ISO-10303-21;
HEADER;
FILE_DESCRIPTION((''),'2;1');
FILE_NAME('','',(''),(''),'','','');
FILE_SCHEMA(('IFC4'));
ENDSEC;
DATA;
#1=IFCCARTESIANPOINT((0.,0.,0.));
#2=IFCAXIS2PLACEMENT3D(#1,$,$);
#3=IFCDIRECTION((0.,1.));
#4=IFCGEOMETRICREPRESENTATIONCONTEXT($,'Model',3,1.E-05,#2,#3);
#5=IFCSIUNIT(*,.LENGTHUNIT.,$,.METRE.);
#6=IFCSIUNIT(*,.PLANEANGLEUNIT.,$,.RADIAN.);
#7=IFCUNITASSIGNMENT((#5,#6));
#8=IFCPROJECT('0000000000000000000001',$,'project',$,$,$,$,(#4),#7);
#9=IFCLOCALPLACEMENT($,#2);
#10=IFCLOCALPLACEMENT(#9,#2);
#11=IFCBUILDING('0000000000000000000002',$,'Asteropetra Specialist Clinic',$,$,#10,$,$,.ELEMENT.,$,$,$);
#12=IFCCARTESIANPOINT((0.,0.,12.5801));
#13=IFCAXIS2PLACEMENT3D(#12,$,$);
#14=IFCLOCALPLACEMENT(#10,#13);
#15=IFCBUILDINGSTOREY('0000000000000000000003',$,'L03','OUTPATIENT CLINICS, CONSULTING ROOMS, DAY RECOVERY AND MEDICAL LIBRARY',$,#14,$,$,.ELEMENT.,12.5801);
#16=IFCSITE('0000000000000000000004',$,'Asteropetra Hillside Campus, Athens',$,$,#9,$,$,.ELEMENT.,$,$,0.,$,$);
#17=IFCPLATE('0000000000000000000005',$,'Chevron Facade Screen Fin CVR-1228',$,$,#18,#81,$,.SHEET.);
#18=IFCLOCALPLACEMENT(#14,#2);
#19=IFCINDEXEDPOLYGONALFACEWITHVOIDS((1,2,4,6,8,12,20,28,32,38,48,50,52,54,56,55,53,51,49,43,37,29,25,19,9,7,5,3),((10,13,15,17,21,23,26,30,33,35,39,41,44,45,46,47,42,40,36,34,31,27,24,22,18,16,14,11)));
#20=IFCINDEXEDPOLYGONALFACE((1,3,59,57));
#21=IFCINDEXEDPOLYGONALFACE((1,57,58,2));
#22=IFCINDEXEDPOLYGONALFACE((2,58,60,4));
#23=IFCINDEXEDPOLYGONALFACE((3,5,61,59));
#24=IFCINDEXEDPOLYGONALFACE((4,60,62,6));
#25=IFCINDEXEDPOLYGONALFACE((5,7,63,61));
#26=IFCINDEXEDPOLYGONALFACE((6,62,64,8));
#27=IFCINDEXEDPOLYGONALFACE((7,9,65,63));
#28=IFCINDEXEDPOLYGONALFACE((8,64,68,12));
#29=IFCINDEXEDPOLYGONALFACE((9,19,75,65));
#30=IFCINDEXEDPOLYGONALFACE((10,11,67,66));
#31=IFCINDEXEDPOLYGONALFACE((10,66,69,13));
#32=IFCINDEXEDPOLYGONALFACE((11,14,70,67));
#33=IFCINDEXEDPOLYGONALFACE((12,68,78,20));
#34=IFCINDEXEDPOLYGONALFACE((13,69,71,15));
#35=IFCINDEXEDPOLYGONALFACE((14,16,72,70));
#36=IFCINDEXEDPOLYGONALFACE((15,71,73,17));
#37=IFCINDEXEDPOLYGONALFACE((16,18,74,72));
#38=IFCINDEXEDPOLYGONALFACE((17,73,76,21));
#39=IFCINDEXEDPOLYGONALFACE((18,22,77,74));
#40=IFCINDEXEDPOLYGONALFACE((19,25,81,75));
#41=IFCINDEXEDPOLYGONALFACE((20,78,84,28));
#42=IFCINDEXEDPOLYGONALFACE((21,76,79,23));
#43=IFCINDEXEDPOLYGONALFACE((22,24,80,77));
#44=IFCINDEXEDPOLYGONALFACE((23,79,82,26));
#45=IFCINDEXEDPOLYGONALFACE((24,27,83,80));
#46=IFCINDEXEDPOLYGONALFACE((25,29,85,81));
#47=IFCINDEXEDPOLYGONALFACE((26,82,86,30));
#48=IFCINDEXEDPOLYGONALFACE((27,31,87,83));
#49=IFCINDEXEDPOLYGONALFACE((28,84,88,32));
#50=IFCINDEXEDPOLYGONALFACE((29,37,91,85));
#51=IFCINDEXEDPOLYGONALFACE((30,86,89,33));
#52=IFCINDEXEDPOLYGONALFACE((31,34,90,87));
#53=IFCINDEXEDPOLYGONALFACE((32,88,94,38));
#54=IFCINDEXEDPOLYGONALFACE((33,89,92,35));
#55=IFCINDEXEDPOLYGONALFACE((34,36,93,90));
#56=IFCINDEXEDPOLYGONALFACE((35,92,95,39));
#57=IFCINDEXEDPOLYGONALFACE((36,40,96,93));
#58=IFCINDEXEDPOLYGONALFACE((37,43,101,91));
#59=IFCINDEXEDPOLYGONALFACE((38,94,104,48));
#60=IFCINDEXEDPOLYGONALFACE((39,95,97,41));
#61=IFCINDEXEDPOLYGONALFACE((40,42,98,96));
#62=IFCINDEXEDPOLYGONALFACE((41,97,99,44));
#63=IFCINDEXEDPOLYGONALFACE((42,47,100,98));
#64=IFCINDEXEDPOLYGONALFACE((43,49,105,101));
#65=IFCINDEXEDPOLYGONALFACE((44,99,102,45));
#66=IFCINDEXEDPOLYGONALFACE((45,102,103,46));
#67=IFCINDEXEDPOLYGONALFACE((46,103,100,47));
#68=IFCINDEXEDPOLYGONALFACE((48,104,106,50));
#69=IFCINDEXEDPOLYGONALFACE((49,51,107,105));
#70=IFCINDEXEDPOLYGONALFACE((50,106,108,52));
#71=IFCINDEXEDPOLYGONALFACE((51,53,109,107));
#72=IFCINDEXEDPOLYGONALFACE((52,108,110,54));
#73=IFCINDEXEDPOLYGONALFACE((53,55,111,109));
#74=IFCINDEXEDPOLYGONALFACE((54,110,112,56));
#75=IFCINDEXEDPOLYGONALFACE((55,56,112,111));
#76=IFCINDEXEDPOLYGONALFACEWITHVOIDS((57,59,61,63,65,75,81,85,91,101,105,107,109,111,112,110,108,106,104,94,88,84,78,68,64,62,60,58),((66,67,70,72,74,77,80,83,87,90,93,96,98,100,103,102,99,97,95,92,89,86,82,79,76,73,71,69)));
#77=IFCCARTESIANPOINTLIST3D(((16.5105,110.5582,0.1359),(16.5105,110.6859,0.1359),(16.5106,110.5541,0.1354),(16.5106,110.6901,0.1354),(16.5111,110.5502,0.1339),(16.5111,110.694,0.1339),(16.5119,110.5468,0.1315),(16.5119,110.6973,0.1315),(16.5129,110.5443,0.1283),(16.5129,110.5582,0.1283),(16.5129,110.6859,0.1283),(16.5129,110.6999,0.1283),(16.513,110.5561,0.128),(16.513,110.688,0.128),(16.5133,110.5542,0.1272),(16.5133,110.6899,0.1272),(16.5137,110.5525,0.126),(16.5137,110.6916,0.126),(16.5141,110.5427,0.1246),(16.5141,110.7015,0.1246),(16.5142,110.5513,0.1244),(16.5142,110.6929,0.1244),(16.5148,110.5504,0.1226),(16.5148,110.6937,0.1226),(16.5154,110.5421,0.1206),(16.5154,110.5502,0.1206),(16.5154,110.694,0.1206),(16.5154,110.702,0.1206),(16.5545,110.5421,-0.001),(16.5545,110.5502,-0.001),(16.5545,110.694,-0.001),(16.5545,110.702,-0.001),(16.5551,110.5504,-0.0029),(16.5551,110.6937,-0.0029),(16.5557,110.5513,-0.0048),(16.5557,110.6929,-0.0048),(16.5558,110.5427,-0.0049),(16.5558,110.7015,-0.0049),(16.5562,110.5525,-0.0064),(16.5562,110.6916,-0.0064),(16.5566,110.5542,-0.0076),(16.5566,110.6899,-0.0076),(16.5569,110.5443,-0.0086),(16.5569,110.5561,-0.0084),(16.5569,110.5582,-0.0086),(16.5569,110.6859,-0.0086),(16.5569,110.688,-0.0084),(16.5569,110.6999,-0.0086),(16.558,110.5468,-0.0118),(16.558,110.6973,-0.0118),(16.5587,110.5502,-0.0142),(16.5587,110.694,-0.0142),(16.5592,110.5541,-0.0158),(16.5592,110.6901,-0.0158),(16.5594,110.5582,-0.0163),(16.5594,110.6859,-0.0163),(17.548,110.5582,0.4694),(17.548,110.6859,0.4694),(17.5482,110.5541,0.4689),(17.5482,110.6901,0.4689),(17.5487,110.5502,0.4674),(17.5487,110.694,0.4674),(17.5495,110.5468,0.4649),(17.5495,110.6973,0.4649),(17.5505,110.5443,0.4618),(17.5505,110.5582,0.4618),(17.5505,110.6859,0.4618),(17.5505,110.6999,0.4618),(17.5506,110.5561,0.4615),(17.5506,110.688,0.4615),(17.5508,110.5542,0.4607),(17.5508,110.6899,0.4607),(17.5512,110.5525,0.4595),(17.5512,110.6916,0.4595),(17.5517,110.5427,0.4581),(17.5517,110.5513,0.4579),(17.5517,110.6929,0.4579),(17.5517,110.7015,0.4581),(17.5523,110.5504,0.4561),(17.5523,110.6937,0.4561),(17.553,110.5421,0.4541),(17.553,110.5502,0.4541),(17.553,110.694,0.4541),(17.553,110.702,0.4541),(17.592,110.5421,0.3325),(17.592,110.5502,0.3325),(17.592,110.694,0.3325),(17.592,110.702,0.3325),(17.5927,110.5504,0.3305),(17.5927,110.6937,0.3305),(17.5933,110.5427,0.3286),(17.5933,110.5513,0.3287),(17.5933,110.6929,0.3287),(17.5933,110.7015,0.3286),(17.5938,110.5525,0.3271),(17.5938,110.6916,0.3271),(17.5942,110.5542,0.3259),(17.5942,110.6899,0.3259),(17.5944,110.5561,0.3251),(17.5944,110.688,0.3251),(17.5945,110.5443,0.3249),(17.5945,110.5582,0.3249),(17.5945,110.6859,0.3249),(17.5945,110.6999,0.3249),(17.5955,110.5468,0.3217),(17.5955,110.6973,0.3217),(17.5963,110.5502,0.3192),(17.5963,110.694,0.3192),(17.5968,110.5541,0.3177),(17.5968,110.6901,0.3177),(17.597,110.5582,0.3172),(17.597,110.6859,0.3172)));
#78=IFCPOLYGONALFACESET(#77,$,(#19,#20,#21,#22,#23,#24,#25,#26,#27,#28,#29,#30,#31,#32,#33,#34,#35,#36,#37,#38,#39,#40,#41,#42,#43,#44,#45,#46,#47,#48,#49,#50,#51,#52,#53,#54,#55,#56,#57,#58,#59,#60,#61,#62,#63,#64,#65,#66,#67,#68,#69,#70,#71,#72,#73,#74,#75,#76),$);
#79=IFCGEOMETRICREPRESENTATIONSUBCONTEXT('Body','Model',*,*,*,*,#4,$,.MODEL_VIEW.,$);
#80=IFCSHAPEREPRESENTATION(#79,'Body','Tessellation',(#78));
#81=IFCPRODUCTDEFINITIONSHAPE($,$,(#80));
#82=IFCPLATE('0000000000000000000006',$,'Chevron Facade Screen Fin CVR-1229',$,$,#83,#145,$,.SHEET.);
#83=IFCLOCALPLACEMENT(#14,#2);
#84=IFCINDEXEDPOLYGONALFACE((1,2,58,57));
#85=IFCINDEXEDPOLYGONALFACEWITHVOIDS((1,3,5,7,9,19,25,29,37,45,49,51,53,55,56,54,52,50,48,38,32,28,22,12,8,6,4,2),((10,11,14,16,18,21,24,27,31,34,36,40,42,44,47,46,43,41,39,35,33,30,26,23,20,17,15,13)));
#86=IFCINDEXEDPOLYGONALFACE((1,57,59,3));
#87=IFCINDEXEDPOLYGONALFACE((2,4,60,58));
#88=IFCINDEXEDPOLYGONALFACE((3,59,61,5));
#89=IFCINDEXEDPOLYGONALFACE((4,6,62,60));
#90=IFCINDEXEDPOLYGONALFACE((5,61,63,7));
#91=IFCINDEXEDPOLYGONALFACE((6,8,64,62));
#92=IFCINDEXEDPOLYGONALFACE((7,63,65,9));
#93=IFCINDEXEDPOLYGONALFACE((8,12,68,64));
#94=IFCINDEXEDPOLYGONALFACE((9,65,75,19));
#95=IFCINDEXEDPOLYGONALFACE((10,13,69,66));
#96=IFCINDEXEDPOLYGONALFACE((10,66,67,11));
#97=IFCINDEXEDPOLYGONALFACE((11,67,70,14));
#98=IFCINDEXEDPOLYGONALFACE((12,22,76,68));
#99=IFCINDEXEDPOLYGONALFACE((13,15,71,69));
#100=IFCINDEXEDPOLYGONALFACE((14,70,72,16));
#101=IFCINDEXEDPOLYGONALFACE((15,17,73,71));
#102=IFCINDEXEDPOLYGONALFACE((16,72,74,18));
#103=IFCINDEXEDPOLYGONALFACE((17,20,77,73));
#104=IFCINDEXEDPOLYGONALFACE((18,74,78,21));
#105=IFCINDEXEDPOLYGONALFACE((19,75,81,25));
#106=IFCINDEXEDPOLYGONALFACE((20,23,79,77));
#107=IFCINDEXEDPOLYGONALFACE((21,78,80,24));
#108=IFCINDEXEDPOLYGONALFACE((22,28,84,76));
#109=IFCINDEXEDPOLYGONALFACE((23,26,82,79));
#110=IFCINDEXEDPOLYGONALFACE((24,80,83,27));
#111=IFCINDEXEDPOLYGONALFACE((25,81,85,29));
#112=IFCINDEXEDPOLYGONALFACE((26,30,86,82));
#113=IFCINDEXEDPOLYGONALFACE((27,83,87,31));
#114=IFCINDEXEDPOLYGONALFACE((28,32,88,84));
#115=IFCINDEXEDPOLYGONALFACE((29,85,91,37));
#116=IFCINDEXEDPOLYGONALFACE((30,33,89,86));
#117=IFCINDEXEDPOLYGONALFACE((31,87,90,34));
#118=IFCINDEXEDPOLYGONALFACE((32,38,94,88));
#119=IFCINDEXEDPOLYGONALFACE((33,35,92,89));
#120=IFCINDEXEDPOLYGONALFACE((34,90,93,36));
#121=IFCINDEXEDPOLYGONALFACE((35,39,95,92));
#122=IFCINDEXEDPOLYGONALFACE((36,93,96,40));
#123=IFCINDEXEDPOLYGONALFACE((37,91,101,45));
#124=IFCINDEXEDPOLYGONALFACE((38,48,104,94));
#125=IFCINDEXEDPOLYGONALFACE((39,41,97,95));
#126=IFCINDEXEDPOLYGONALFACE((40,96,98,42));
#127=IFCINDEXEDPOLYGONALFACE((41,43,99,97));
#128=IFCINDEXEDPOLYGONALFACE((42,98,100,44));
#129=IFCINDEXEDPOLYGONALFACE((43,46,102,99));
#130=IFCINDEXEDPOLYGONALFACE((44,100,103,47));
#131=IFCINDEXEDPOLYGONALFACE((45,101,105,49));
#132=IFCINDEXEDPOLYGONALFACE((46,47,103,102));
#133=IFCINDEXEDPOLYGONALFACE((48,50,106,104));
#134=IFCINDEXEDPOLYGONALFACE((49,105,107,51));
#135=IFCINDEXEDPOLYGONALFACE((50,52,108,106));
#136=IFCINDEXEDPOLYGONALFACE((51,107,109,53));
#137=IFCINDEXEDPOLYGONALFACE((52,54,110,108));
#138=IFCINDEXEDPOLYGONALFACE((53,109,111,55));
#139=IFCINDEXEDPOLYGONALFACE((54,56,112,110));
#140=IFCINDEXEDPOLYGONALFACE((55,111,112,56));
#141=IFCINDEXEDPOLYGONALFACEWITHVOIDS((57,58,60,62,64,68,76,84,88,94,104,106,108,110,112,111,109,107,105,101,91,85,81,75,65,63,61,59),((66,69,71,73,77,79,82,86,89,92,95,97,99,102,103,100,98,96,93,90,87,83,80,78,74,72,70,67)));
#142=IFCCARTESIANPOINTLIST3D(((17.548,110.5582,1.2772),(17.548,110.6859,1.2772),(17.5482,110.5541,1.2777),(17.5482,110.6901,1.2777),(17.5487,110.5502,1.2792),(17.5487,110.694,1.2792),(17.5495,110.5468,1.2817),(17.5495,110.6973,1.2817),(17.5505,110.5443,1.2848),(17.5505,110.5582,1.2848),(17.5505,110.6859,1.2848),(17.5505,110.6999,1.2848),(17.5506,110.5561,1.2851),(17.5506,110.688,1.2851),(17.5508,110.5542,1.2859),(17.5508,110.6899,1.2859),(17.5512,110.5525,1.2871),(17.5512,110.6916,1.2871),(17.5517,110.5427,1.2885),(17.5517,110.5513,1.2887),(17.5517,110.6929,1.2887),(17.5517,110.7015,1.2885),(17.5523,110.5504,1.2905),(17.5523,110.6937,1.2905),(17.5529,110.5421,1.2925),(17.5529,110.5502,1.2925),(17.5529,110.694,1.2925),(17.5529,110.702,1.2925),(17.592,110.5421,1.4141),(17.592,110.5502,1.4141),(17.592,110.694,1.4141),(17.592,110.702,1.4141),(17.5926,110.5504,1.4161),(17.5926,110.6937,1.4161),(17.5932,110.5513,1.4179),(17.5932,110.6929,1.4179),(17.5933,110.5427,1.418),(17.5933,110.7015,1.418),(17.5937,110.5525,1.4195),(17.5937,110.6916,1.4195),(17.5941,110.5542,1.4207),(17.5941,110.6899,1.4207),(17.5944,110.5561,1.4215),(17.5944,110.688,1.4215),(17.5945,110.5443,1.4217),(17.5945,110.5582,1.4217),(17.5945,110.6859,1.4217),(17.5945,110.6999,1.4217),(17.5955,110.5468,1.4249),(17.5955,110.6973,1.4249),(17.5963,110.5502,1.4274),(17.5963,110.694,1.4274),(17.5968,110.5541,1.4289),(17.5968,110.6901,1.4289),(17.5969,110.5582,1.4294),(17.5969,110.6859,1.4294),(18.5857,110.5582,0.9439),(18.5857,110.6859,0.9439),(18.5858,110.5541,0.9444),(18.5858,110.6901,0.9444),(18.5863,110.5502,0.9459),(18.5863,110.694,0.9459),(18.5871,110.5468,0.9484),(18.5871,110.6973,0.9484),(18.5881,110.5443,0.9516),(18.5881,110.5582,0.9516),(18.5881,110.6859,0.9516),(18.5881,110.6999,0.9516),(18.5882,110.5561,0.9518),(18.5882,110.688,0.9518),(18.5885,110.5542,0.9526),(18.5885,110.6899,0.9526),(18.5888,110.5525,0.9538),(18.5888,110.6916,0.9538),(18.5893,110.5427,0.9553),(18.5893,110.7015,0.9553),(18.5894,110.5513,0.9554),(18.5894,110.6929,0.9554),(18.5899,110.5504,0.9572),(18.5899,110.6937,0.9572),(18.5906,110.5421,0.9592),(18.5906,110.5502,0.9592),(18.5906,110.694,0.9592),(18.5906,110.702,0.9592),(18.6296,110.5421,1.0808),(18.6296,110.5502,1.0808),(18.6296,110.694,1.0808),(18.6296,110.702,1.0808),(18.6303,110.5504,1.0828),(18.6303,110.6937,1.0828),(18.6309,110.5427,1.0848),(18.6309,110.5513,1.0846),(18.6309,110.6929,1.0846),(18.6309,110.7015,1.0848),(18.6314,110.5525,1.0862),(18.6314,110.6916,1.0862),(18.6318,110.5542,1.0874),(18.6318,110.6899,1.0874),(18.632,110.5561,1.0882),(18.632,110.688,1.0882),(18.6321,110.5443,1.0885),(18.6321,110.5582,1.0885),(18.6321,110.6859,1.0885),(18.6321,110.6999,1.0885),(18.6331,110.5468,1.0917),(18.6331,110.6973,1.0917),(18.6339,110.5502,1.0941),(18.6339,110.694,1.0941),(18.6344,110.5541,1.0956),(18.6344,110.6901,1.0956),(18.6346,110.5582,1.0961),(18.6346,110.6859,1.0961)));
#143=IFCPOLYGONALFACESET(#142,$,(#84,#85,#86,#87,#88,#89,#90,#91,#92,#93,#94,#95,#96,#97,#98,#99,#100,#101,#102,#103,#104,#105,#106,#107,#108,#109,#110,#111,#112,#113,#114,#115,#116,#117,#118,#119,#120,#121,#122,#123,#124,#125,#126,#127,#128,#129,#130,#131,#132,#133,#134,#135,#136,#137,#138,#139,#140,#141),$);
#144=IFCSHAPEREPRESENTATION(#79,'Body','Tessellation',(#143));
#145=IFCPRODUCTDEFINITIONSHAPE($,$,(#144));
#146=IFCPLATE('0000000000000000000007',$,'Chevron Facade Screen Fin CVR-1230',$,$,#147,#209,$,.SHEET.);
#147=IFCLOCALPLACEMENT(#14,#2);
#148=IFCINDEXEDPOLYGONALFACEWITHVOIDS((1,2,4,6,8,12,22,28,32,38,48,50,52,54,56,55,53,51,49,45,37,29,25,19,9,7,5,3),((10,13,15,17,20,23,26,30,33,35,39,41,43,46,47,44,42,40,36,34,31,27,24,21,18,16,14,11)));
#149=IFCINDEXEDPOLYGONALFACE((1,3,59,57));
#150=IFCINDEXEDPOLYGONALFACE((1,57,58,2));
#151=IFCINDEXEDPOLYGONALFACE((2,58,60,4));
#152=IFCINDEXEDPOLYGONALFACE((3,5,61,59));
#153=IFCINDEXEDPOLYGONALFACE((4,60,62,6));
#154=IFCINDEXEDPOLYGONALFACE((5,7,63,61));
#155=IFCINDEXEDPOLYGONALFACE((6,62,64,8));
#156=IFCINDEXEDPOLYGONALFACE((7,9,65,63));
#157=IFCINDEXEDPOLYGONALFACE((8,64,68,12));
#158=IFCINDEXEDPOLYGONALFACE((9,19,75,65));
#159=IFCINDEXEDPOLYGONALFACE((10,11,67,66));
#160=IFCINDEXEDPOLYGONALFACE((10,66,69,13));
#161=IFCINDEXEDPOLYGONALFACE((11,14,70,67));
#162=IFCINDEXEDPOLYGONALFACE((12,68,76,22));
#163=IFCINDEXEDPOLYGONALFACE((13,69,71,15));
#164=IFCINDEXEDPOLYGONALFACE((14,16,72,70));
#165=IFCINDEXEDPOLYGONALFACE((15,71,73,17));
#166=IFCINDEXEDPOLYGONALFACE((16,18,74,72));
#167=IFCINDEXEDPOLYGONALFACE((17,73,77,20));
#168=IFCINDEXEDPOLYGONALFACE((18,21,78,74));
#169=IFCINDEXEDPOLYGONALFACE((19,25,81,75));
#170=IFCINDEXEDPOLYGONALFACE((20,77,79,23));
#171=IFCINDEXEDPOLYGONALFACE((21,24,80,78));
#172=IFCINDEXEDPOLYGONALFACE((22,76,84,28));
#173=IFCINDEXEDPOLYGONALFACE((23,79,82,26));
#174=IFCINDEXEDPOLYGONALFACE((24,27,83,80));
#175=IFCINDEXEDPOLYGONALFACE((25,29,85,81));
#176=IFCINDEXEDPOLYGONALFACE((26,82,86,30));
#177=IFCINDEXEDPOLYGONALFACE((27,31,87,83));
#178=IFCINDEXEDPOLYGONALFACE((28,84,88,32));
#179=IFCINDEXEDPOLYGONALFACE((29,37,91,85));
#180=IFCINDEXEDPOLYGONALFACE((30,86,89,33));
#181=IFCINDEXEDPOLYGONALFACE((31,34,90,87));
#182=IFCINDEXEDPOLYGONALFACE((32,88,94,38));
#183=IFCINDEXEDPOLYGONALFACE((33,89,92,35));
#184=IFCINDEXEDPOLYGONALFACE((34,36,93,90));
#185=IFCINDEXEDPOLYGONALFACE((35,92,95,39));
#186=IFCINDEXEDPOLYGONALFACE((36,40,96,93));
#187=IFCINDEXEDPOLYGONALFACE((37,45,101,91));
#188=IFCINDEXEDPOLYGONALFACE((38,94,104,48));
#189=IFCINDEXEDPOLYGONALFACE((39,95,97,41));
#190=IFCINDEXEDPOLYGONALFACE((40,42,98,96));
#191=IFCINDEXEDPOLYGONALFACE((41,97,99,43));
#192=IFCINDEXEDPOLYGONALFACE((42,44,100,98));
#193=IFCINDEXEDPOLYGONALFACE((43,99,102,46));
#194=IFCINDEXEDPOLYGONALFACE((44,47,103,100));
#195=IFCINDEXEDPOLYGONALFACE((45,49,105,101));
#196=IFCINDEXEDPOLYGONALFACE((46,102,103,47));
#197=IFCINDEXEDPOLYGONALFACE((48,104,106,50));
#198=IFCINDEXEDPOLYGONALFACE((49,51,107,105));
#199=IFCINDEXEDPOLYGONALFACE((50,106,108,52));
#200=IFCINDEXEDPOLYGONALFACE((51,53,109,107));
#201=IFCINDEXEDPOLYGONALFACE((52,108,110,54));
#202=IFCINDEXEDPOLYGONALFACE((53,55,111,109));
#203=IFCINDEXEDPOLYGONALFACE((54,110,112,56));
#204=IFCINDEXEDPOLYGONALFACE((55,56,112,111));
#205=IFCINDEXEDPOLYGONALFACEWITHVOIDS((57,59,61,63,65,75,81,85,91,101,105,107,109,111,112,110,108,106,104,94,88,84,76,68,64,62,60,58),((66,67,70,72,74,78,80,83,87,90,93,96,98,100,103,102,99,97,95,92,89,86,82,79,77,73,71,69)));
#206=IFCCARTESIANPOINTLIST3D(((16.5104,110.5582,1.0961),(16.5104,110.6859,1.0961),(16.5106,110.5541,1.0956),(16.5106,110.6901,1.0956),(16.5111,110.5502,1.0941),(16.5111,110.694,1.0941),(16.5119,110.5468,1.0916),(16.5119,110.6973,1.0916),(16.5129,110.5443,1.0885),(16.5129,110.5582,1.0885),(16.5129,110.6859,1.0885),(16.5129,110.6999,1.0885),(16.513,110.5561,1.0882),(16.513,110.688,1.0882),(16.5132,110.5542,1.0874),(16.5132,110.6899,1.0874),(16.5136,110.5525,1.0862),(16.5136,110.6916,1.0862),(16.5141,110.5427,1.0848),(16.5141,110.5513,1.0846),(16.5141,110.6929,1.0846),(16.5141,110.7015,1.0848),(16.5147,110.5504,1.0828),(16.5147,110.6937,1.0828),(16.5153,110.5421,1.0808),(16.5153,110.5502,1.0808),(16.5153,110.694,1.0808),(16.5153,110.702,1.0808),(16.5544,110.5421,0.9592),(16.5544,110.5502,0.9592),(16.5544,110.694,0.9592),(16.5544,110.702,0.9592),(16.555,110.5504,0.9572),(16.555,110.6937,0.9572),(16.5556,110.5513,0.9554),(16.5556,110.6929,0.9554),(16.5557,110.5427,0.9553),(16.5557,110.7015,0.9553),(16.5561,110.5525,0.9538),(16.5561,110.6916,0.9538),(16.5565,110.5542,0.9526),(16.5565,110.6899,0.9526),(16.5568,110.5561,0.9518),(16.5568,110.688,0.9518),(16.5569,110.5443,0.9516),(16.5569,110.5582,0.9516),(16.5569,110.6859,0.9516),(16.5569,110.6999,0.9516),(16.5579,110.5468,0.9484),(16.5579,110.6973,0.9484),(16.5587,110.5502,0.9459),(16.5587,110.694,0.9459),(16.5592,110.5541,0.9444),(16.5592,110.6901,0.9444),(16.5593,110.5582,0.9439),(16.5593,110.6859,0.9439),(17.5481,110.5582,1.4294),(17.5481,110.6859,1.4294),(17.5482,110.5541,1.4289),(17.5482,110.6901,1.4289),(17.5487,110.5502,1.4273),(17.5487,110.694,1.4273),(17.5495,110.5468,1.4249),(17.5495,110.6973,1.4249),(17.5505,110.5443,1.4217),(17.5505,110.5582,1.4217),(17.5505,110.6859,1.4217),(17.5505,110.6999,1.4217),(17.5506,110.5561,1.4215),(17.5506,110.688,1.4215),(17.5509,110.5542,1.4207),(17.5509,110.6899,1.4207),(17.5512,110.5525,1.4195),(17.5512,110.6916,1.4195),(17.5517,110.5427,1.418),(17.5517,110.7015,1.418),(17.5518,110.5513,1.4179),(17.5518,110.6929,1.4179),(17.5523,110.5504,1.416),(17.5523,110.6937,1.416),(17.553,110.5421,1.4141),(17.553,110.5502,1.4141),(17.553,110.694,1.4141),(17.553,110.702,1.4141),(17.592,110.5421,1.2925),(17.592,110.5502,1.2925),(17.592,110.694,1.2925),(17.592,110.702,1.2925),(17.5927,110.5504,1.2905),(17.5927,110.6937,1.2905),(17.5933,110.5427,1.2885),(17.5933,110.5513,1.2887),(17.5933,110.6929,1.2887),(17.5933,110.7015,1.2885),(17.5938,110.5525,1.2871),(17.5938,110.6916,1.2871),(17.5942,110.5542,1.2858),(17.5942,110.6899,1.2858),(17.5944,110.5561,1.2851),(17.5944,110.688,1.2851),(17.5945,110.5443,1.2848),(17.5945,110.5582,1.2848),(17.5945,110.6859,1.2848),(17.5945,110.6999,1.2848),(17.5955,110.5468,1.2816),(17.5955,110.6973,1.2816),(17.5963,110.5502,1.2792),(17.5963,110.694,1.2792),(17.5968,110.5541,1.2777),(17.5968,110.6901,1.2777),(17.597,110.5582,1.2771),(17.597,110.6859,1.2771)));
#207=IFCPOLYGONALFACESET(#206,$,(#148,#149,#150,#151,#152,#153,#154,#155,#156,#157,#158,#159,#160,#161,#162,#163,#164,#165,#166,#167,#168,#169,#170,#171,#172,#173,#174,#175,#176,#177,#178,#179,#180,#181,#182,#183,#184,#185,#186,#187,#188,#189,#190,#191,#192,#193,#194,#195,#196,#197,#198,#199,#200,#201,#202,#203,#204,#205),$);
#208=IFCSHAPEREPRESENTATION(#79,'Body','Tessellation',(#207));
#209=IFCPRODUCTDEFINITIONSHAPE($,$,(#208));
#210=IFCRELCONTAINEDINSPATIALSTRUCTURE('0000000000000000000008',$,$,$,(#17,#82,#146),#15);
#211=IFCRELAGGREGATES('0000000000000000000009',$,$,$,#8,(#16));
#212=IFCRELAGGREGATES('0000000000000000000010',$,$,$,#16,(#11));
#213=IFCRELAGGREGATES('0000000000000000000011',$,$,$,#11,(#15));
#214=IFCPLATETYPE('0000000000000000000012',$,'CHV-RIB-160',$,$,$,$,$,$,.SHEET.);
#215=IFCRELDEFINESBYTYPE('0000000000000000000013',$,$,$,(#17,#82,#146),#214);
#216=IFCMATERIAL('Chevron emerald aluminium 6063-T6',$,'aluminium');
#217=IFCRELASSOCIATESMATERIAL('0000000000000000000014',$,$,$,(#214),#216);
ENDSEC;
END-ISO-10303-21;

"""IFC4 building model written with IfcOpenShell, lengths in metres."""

from ifc_helpers import new_model, si_unit, direction, frame, origin, origin_2d, place, context, subcontext, project, spatial, hollow_rectangle, extrude, material, material_profile, profile_set, type_object, element, save


model = new_model("IFC4")

# Units and contexts
model_context = context("Model", 3, precision=1e-05, world=origin(), true_north=direction((0.0, 1.0)))
body_context = subcontext(model_context, "Body", "Model", "MODEL_VIEW")
ifc_project = project(units=[si_unit("LENGTHUNIT", "METRE"), si_unit("PLANEANGLEUNIT", "RADIAN")], contexts=[model_context])

# Site, building, storey
site_placement = place(None, origin())
site = spatial("IfcSite", under=ifc_project, at=site_placement, Name="Asteropetra Hillside Campus, Athens", CompositionType="ELEMENT", RefElevation=0.0)
building_placement = place(site_placement, origin())
building = spatial("IfcBuilding", under=site, at=building_placement, Name="Asteropetra Specialist Clinic", CompositionType="ELEMENT")
storey_placement = place(building_placement, frame((0.0, 0.0, 12.5801)))
storey = spatial("IfcBuildingStorey", under=building, at=storey_placement, Name="L03", Description="OUTPATIENT CLINICS, CONSULTING ROOMS, DAY RECOVERY AND MEDICAL LIBRARY", CompositionType="ELEMENT", Elevation=12.5801)

# Plates
ifc_material_1 = material(Name="Chevron emerald aluminium 6063-T6", Category="aluminium")
ifc_material_profile_1 = material_profile(ifc_material_1, hollow_rectangle(XDim=0.1599, YDim=0.1599, WallThickness=0.0081, InnerFilletRadius=0.0081, OuterFilletRadius=0.0161, at=origin_2d()), Name="SHS 160x160x8.0")
ifc_profile_set_1 = profile_set([ifc_material_profile_1], Name="Chevron emerald aluminium 6063-T6")
plate_type_1 = type_object("IfcPlateType", Name="CHV-RIB-160", PredefinedType="SHEET", material=ifc_profile_set_1)
for number, where, z_axis, x_axis, name in (
    (1, (17.5725, 110.6221, 0.3933), (-0.952033, 0.0, -0.305995), (0.0, -1.0, 0.0), "Chevron Facade Screen Fin CVR-1228"),
    (2, (18.6101, 110.6221, 1.02), (-0.952098, 0.0, 0.305792), (0.0, -1.0, 0.0), "Chevron Facade Screen Fin CVR-1229"),
    (3, (17.5725, 110.6221, 1.3533), (-0.952098, 0.0, -0.305792), (0.0, -1.0, 0.0), "Chevron Facade Screen Fin CVR-1230"),
):
    element("IfcPlate", number, at=place(storey_placement, frame(where, z_axis=z_axis, x_axis=x_axis)), inside=storey, type_object=plate_type_1, Name=name, PredefinedType="SHEET", context=body_context, shape_type="SweptSolid", body=[
        extrude(hollow_rectangle(XDim=0.1599, YDim=0.1599, WallThickness=0.0081, InnerFilletRadius=0.0081, OuterFilletRadius=0.0161, at=origin_2d()), origin(), (0.0, 0.0, 1.0), 1.0898),
    ])

save(model, "model.ifc")
